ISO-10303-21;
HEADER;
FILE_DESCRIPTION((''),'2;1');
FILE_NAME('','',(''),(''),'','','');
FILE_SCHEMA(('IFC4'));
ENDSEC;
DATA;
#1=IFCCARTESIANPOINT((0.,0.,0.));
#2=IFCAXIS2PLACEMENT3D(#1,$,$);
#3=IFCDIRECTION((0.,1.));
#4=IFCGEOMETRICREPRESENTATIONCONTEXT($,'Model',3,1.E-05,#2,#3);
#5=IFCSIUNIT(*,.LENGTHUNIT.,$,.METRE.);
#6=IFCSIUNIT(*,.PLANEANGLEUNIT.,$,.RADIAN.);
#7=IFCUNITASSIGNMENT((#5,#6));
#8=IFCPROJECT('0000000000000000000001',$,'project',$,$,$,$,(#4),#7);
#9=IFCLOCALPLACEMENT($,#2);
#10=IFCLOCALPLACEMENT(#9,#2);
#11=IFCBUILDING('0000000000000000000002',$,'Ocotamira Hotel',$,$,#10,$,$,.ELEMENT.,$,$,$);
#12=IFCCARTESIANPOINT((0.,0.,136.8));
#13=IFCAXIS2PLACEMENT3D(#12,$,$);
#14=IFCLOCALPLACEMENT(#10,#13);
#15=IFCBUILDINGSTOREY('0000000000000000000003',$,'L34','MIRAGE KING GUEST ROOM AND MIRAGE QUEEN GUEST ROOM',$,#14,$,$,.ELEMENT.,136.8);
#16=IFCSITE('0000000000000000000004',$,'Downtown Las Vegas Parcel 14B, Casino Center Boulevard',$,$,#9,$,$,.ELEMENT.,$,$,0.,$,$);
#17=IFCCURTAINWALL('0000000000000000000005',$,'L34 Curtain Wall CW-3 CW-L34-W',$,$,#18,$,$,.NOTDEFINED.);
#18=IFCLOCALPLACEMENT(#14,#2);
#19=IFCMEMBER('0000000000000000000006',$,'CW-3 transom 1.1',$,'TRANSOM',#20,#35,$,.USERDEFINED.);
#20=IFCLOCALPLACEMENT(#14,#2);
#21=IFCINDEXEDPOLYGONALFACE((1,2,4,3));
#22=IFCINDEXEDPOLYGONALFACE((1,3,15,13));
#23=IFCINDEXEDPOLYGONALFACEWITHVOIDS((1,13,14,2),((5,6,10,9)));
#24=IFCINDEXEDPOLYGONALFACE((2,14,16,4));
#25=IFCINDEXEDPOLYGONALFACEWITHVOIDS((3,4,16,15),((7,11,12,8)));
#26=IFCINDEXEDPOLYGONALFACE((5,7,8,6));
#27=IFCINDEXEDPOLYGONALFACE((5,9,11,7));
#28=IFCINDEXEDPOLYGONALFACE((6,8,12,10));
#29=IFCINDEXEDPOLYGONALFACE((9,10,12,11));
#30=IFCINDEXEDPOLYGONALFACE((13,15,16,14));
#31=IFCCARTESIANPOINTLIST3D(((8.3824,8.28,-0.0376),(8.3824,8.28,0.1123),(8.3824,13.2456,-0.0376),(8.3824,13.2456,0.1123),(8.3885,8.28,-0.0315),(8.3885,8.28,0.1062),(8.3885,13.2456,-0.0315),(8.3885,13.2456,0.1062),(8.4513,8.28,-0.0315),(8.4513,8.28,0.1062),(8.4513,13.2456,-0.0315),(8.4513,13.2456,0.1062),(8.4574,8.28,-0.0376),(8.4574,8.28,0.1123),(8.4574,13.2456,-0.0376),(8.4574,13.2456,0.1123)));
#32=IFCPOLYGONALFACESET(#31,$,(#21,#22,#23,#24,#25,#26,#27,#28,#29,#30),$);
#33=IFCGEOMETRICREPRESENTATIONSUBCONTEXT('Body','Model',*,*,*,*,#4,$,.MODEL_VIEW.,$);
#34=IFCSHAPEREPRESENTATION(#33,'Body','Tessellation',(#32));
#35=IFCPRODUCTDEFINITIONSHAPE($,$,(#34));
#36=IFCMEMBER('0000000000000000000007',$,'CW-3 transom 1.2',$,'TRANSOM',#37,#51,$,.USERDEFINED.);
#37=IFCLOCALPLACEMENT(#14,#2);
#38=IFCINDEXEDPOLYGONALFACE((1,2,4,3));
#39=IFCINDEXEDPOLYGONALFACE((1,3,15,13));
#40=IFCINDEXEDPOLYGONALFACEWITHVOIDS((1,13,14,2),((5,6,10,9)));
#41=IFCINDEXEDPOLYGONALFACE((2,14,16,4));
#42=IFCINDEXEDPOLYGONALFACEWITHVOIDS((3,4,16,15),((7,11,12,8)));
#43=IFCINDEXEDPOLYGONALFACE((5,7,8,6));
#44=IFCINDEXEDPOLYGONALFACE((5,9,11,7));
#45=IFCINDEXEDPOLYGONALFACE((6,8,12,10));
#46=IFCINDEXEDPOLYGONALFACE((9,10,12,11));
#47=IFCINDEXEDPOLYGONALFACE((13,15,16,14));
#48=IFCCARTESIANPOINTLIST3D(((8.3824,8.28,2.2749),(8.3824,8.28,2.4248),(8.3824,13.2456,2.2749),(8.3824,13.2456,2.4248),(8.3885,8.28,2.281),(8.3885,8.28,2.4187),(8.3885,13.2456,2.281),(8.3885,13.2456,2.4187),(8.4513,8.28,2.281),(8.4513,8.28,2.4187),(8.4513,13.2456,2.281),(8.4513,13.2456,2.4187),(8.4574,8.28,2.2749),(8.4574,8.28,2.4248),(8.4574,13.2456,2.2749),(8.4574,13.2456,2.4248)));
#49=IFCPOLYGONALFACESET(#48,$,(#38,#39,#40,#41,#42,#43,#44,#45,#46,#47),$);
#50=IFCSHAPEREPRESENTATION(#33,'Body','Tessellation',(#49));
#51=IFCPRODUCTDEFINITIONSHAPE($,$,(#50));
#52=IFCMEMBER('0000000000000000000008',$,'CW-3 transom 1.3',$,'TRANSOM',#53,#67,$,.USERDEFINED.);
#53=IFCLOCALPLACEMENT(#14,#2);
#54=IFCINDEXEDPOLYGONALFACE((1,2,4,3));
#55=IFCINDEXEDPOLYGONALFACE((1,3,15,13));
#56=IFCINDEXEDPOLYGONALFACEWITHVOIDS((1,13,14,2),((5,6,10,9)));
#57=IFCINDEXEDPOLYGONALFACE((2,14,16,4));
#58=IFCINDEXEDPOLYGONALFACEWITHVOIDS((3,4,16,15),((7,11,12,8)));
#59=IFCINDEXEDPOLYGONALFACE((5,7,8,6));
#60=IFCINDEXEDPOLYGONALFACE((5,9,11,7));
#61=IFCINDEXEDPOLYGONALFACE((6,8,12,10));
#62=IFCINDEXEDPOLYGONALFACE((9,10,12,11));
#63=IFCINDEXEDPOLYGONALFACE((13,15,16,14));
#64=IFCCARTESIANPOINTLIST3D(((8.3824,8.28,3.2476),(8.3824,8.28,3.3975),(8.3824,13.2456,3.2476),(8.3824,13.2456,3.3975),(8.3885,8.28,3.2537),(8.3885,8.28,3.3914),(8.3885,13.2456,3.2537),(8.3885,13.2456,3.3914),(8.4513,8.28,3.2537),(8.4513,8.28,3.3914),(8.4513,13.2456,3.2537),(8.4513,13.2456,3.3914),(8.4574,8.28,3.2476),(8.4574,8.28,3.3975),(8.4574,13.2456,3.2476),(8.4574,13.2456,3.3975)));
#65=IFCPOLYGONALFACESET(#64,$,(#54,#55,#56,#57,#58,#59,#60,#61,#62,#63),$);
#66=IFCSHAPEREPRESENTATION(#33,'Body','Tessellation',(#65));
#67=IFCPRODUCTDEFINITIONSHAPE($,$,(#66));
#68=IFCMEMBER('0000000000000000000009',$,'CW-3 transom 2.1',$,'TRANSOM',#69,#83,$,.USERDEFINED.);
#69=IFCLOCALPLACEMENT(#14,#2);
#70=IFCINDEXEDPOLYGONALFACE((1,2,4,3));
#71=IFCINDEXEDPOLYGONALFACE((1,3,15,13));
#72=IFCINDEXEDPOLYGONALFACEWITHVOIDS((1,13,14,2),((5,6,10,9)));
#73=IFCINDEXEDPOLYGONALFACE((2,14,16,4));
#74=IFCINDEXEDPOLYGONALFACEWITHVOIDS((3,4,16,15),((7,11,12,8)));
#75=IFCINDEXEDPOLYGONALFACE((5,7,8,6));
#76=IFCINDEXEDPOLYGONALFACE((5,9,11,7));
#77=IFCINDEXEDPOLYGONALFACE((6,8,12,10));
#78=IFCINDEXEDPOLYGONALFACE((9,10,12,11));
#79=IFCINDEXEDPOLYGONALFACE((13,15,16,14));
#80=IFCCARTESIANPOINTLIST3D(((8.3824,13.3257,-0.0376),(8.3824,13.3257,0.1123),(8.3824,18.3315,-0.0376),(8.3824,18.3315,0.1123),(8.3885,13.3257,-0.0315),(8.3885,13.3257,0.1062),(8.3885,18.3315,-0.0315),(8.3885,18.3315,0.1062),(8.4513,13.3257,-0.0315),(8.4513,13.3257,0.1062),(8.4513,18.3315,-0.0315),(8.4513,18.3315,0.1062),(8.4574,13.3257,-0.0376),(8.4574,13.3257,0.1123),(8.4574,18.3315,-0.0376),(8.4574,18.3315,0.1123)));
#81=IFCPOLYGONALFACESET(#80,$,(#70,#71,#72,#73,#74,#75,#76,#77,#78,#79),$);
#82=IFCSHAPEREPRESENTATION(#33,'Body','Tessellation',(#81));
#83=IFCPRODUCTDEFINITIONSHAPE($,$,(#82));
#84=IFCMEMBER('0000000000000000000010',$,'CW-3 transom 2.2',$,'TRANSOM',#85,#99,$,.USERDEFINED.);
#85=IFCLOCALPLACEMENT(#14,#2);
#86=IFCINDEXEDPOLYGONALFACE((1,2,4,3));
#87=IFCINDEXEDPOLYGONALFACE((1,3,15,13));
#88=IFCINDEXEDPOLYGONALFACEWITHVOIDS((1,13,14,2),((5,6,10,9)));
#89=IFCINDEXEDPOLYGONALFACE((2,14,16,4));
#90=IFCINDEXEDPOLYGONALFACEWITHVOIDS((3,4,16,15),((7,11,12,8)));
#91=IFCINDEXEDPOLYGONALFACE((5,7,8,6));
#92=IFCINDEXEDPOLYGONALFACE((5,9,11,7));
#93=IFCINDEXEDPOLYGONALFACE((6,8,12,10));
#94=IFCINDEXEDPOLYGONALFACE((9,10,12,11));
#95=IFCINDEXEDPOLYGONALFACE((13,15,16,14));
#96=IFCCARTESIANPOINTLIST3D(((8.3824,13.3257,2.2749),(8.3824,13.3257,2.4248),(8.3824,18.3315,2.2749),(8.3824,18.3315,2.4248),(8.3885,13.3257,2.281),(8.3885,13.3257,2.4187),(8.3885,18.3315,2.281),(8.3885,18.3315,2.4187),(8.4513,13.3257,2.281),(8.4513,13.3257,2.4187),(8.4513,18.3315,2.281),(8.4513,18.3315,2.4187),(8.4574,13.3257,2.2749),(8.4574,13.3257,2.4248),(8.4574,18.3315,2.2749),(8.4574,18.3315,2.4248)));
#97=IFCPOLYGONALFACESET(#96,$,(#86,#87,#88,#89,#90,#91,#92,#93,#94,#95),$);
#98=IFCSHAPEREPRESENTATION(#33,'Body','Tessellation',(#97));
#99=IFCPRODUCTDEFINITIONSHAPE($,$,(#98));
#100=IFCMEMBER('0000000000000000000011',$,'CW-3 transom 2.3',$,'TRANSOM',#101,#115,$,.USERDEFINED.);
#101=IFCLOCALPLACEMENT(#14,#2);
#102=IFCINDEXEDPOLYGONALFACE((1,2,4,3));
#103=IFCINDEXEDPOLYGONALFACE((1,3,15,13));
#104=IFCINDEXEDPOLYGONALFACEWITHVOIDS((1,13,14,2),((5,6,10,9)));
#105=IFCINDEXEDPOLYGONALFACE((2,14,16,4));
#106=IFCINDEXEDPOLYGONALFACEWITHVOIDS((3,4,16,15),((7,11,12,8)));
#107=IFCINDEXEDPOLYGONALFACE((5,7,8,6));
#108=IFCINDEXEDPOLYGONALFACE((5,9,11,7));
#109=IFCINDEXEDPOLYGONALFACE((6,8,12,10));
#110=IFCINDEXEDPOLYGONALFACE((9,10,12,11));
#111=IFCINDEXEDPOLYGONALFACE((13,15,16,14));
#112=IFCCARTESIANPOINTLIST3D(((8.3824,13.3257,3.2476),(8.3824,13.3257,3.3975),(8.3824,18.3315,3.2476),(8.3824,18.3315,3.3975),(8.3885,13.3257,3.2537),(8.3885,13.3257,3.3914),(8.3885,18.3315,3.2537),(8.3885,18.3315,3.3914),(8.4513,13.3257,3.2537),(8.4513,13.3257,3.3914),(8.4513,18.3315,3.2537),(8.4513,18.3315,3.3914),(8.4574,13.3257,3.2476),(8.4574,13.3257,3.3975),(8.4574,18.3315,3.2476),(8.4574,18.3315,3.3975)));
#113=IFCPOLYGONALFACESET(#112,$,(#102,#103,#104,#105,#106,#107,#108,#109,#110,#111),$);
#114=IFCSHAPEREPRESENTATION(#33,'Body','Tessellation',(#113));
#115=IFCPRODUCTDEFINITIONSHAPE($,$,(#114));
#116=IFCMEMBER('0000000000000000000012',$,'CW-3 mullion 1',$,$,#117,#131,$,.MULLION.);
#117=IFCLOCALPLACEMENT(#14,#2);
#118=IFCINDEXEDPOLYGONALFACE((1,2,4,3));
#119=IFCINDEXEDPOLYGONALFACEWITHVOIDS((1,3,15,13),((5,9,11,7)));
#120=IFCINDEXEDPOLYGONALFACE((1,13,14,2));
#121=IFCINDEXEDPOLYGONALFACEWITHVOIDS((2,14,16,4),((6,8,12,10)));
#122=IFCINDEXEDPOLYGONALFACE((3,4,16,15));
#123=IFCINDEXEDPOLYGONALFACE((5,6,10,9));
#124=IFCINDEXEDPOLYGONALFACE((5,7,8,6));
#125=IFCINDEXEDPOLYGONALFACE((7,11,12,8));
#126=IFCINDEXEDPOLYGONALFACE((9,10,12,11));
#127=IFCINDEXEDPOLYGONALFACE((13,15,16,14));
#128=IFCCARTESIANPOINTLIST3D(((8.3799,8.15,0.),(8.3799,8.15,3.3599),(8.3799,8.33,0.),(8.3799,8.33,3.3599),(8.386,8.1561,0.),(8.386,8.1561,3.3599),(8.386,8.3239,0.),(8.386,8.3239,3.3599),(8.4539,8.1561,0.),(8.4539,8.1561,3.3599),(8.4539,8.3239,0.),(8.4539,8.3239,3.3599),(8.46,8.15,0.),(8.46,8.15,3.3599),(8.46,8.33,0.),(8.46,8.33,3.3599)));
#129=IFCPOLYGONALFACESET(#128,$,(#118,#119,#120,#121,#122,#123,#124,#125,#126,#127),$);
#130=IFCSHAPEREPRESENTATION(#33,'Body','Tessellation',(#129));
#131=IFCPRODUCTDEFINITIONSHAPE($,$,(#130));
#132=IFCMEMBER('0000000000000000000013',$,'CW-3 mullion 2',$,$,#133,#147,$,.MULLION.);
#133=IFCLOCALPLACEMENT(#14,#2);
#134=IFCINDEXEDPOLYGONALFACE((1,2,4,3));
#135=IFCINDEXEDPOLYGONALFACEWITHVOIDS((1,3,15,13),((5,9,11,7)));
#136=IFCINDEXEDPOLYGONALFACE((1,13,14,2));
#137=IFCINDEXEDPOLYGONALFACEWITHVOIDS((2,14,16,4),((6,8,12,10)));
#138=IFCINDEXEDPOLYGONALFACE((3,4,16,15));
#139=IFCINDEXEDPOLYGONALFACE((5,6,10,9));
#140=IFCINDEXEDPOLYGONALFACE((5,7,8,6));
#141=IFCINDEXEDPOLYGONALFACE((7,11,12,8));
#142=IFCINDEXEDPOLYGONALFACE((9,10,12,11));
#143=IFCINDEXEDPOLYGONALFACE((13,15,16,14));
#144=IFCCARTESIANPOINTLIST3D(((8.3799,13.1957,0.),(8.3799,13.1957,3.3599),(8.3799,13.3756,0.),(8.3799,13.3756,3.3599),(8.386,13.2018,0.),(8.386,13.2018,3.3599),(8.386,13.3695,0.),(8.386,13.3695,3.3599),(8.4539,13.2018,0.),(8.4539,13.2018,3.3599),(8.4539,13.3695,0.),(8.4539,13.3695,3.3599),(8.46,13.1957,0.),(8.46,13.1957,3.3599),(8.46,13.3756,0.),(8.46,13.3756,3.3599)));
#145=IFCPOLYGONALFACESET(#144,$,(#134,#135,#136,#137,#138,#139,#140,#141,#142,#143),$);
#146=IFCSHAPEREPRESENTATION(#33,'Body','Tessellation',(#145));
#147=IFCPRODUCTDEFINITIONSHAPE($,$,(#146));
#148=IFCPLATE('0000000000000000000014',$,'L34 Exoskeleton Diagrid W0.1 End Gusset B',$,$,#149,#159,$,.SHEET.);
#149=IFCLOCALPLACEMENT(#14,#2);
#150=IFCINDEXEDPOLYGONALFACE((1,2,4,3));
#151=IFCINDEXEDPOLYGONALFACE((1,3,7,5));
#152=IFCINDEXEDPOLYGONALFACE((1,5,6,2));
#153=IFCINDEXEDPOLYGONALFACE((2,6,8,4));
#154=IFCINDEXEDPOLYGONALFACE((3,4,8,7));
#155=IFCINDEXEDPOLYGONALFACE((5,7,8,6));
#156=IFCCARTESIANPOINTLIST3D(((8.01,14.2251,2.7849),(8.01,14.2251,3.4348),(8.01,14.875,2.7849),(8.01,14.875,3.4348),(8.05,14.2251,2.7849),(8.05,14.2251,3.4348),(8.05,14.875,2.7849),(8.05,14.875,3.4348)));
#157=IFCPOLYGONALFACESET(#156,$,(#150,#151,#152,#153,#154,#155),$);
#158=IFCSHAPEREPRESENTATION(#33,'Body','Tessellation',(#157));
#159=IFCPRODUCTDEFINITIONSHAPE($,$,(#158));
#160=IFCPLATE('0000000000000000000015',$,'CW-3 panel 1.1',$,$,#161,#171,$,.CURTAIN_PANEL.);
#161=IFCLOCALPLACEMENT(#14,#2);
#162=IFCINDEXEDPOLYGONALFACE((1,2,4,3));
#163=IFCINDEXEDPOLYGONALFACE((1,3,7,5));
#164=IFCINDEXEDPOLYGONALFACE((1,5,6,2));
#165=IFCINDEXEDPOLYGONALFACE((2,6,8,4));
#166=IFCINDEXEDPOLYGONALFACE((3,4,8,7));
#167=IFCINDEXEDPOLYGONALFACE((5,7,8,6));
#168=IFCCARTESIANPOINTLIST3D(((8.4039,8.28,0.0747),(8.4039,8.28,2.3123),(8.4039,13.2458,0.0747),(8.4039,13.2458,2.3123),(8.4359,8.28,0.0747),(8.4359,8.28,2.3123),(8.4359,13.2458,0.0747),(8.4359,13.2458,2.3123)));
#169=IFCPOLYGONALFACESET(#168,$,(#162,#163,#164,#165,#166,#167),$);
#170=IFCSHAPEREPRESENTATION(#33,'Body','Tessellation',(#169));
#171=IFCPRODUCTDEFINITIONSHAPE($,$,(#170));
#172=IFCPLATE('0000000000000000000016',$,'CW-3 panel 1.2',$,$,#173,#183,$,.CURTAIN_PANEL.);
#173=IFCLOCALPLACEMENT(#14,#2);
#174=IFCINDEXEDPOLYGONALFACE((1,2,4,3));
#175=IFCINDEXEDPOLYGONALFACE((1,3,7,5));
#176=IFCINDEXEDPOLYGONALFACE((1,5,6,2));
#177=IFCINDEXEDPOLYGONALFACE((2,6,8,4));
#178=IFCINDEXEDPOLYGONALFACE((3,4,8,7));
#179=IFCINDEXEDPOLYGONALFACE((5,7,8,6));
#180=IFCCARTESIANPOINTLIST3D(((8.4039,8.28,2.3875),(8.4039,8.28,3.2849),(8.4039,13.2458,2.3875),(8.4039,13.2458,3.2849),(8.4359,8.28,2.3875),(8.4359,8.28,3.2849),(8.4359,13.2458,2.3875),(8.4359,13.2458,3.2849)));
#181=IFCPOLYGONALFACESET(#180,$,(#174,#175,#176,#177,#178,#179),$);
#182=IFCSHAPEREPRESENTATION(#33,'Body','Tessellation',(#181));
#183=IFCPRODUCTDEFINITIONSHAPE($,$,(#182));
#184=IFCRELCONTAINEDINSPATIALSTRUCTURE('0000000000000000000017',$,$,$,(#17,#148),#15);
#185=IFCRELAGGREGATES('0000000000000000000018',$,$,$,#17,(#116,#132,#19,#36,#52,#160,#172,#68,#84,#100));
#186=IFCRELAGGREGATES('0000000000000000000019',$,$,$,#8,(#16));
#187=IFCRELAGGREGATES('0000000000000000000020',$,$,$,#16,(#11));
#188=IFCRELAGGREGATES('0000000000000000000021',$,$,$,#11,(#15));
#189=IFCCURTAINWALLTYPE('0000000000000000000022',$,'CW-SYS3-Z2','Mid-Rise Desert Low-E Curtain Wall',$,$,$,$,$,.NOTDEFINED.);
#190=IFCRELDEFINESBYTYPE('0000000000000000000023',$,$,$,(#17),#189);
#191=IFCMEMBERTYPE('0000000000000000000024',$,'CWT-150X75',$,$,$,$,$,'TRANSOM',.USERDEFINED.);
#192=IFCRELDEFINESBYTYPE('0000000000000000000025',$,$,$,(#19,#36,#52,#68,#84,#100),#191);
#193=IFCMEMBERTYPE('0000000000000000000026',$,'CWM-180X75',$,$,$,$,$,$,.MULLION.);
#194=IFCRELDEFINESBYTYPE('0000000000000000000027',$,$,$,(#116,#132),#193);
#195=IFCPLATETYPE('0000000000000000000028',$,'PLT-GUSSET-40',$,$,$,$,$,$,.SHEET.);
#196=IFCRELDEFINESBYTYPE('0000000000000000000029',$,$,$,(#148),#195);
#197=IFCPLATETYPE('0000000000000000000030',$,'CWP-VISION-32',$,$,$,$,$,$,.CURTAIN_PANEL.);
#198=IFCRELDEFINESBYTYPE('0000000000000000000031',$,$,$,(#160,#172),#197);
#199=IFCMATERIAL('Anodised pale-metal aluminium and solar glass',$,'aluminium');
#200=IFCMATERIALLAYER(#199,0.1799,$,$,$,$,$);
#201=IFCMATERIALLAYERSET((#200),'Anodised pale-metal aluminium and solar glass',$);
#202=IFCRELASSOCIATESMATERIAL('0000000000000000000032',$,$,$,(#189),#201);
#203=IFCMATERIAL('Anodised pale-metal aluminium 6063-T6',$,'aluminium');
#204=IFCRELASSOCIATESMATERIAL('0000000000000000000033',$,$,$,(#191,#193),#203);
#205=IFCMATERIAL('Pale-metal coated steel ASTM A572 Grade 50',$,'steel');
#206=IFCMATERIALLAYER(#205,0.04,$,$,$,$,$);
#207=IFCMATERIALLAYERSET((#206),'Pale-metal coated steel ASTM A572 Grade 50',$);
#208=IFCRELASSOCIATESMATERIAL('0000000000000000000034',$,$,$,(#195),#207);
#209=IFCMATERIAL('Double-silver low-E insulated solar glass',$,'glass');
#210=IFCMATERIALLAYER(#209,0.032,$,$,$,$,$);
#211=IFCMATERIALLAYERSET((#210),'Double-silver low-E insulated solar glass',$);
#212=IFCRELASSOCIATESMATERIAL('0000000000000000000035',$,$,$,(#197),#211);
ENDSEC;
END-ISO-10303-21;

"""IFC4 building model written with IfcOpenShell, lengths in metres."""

from ifc_helpers import new_model, si_unit, direction, frame, origin, origin_2d, place, context, subcontext, project, spatial, rectangle, hollow_rectangle, extrude, source, transform, mapped, material, layer, layer_set, material_profile, profile_set, type_object, element, aggregate, save


model = new_model("IFC4")

# Units and contexts
model_context = context("Model", 3, precision=1e-05, world=origin(), true_north=direction((0.0, 1.0)))
body_context = subcontext(model_context, "Body", "Model", "MODEL_VIEW")
ifc_project = project(units=[si_unit("LENGTHUNIT", "METRE"), si_unit("PLANEANGLEUNIT", "RADIAN")], contexts=[model_context])

# Site, building, storey
site_placement = place(None, origin())
site = spatial("IfcSite", under=ifc_project, at=site_placement, Name="Downtown Las Vegas Parcel 14B, Casino Center Boulevard", CompositionType="ELEMENT", RefElevation=0.0)
building_placement = place(site_placement, origin())
building = spatial("IfcBuilding", under=site, at=building_placement, Name="Ocotamira Hotel", CompositionType="ELEMENT")
storey_placement = place(building_placement, frame((0.0, 0.0, 136.8)))
storey = spatial("IfcBuildingStorey", under=building, at=storey_placement, Name="L34", Description="MIRAGE KING GUEST ROOM AND MIRAGE QUEEN GUEST ROOM", CompositionType="ELEMENT", Elevation=136.8)

# Curtain wall, members
ifc_material_1 = material(Name="Anodised pale-metal aluminium and solar glass", Category="aluminium")
ifc_layer_1 = layer(ifc_material_1, 0.1799)
ifc_layer_set_1 = layer_set([ifc_layer_1], Name="Anodised pale-metal aluminium and solar glass")
curtain_wall_type = type_object("IfcCurtainWallType", Name="CW-SYS3-Z2", Description="Mid-Rise Desert Low-E Curtain Wall", PredefinedType="NOTDEFINED", material=ifc_layer_set_1)
curtain_wall_placement = place(storey_placement, origin())
curtain_wall = element("IfcCurtainWall", 1, at=curtain_wall_placement, inside=storey, type_object=curtain_wall_type, Name="L34 Curtain Wall CW-3 CW-L34-W", PredefinedType="NOTDEFINED")
ifc_material_2 = material(Name="Anodised pale-metal aluminium 6063-T6", Category="aluminium")
ifc_material_profile_1 = material_profile(ifc_material_2, hollow_rectangle(XDim=0.075, YDim=0.1499, WallThickness=0.0061, at=origin_2d()), Name="HSS150X75X6")
ifc_profile_set_1 = profile_set([ifc_material_profile_1], Name="Anodised pale-metal aluminium 6063-T6")
member_type_1 = type_object("IfcMemberType", Name="CWT-150X75", ElementType="TRANSOM", PredefinedType="USERDEFINED", material=ifc_profile_set_1)
shared_shape_1 = source(origin(), body_context, "Body", "SweptSolid", [
    extrude(hollow_rectangle(XDim=0.075, YDim=0.1499, WallThickness=0.0061, at=origin_2d()), origin(), (0.0, 0.0, 1.0), 4.9656),
])
member_1_placement = place(storey_placement, frame((8.4199, 8.28, 0.0374), z_axis=(0.0, 1.0, 0.0), x_axis=(-1.0, 0.0, 0.0)))
member_1 = element("IfcMember", 2, at=member_1_placement, type_object=member_type_1, Name="CW-3 transom 1.1", ObjectType="TRANSOM", PredefinedType="USERDEFINED", context=body_context, shape_type="MappedRepresentation", body=[
    mapped(shared_shape_1, transform((0.0, 0.0, 0.0), scale=1.0)),
])
member_2_placement = place(storey_placement, frame((8.4199, 8.28, 2.3499), z_axis=(0.0, 1.0, 0.0), x_axis=(-1.0, 0.0, 0.0)))
member_2 = element("IfcMember", 3, at=member_2_placement, type_object=member_type_1, Name="CW-3 transom 1.2", ObjectType="TRANSOM", PredefinedType="USERDEFINED", context=body_context, shape_type="MappedRepresentation", body=[
    mapped(shared_shape_1, transform((0.0, 0.0, 0.0), scale=1.0)),
])
member_3_placement = place(storey_placement, frame((8.4199, 8.28, 3.3225), z_axis=(0.0, 1.0, 0.0), x_axis=(-1.0, 0.0, 0.0)))
member_3 = element("IfcMember", 4, at=member_3_placement, type_object=member_type_1, Name="CW-3 transom 1.3", ObjectType="TRANSOM", PredefinedType="USERDEFINED", context=body_context, shape_type="MappedRepresentation", body=[
    mapped(shared_shape_1, transform((0.0, 0.0, 0.0), scale=1.0)),
])
shared_shape_2 = source(origin(), body_context, "Body", "SweptSolid", [
    extrude(hollow_rectangle(XDim=0.075, YDim=0.1499, WallThickness=0.0061, at=origin_2d()), origin(), (0.0, 0.0, 1.0), 5.0059),
])
member_4_placement = place(storey_placement, frame((8.4199, 13.3257, 0.0374), z_axis=(0.0, 1.0, 0.0), x_axis=(-1.0, 0.0, 0.0)))
member_4 = element("IfcMember", 5, at=member_4_placement, type_object=member_type_1, Name="CW-3 transom 2.1", ObjectType="TRANSOM", PredefinedType="USERDEFINED", context=body_context, shape_type="MappedRepresentation", body=[
    mapped(shared_shape_2, transform((0.0, 0.0, 0.0), scale=1.0)),
])
member_5_placement = place(storey_placement, frame((8.4199, 13.3257, 2.3499), z_axis=(0.0, 1.0, 0.0), x_axis=(-1.0, 0.0, 0.0)))
member_5 = element("IfcMember", 6, at=member_5_placement, type_object=member_type_1, Name="CW-3 transom 2.2", ObjectType="TRANSOM", PredefinedType="USERDEFINED", context=body_context, shape_type="MappedRepresentation", body=[
    mapped(shared_shape_2, transform((0.0, 0.0, 0.0), scale=1.0)),
])
member_6_placement = place(storey_placement, frame((8.4199, 13.3257, 3.3225), z_axis=(0.0, 1.0, 0.0), x_axis=(-1.0, 0.0, 0.0)))
member_6 = element("IfcMember", 7, at=member_6_placement, type_object=member_type_1, Name="CW-3 transom 2.3", ObjectType="TRANSOM", PredefinedType="USERDEFINED", context=body_context, shape_type="MappedRepresentation", body=[
    mapped(shared_shape_2, transform((0.0, 0.0, 0.0), scale=1.0)),
])
ifc_material_profile_2 = material_profile(ifc_material_2, hollow_rectangle(XDim=0.0801, YDim=0.1799, WallThickness=0.0061, at=origin_2d()), Name="HSS180X80X6")
ifc_profile_set_2 = profile_set([ifc_material_profile_2], Name="Anodised pale-metal aluminium 6063-T6")
member_type_2 = type_object("IfcMemberType", Name="CWM-180X75", PredefinedType="MULLION", material=ifc_profile_set_2)
shared_shape_3 = source(origin(), body_context, "Body", "SweptSolid", [
    extrude(hollow_rectangle(XDim=0.0801, YDim=0.1799, WallThickness=0.0061, at=origin_2d()), origin(), (0.0, 0.0, 1.0), 3.3599),
])
member_7_placement = place(storey_placement, frame((8.4199, 8.24, 0.0), z_axis=(0.0, 0.0, 1.0), x_axis=(-1.0, 0.0, 0.0)))
member_7 = element("IfcMember", 8, at=member_7_placement, type_object=member_type_2, Name="CW-3 mullion 1", PredefinedType="MULLION", context=body_context, shape_type="MappedRepresentation", body=[
    mapped(shared_shape_3, transform((0.0, 0.0, 0.0), scale=1.0)),
])
member_8_placement = place(storey_placement, frame((8.4199, 13.2856, 0.0), z_axis=(0.0, 0.0, 1.0), x_axis=(-1.0, 0.0, 0.0)))
member_8 = element("IfcMember", 9, at=member_8_placement, type_object=member_type_2, Name="CW-3 mullion 2", PredefinedType="MULLION", context=body_context, shape_type="MappedRepresentation", body=[
    mapped(shared_shape_3, transform((0.0, 0.0, 0.0), scale=1.0)),
])

# Plates
ifc_material_3 = material(Name="Pale-metal coated steel ASTM A572 Grade 50", Category="steel")
ifc_layer_2 = layer(ifc_material_3, 0.04)
ifc_layer_set_2 = layer_set([ifc_layer_2], Name="Pale-metal coated steel ASTM A572 Grade 50")
plate_type_1 = type_object("IfcPlateType", Name="PLT-GUSSET-40", PredefinedType="SHEET", material=ifc_layer_set_2)
shared_shape_4 = source(origin(), body_context, "Body", "SweptSolid", [
    extrude(rectangle(XDim=0.04, YDim=0.6499, at=origin_2d()), origin(), (0.0, 0.0, 1.0), 0.6499),
])
plate_1_placement = place(storey_placement, frame((8.03, 14.55, 2.7849), z_axis=(0.0, 0.0, 1.0), x_axis=(1.0, 0.0, 0.0)))
element("IfcPlate", 10, at=plate_1_placement, inside=storey, type_object=plate_type_1, Name="L34 Exoskeleton Diagrid W0.1 End Gusset B", PredefinedType="SHEET", context=body_context, shape_type="MappedRepresentation", body=[
    mapped(shared_shape_4, transform((0.0, 0.0, 0.0), scale=1.0)),
])
ifc_material_4 = material(Name="Double-silver low-E insulated solar glass", Category="glass")
ifc_layer_3 = layer(ifc_material_4, 0.032)
ifc_layer_set_3 = layer_set([ifc_layer_3], Name="Double-silver low-E insulated solar glass")
plate_type_2 = type_object("IfcPlateType", Name="CWP-VISION-32", PredefinedType="CURTAIN_PANEL", material=ifc_layer_set_3)
shared_shape_5 = source(origin(), body_context, "Body", "SweptSolid", [
    extrude(rectangle(XDim=4.9658, YDim=0.032, at=origin_2d()), origin(), (0.0, 0.0, 1.0), 2.2375),
])
plate_2_placement = place(storey_placement, frame((8.4199, 10.7629, 0.0747), z_axis=(0.0, 0.0, 1.0), x_axis=(0.0, 1.0, 0.0)))
plate_2 = element("IfcPlate", 11, at=plate_2_placement, type_object=plate_type_2, Name="CW-3 panel 1.1", PredefinedType="CURTAIN_PANEL", context=body_context, shape_type="MappedRepresentation", body=[
    mapped(shared_shape_5, transform((0.0, 0.0, 0.0), scale=1.0)),
])
shared_shape_6 = source(origin(), body_context, "Body", "SweptSolid", [
    extrude(rectangle(XDim=4.9658, YDim=0.032, at=origin_2d()), origin(), (0.0, 0.0, 1.0), 0.8975),
])
plate_3_placement = place(storey_placement, frame((8.4199, 10.7629, 2.3875), z_axis=(0.0, 0.0, 1.0), x_axis=(0.0, 1.0, 0.0)))
plate_3 = element("IfcPlate", 12, at=plate_3_placement, type_object=plate_type_2, Name="CW-3 panel 1.2", PredefinedType="CURTAIN_PANEL", context=body_context, shape_type="MappedRepresentation", body=[
    mapped(shared_shape_6, transform((0.0, 0.0, 0.0), scale=1.0)),
])
aggregate(curtain_wall, [member_7, member_8, member_1, member_2, member_3, plate_2, plate_3, member_4, member_5, member_6])

save(model, "model.ifc")
